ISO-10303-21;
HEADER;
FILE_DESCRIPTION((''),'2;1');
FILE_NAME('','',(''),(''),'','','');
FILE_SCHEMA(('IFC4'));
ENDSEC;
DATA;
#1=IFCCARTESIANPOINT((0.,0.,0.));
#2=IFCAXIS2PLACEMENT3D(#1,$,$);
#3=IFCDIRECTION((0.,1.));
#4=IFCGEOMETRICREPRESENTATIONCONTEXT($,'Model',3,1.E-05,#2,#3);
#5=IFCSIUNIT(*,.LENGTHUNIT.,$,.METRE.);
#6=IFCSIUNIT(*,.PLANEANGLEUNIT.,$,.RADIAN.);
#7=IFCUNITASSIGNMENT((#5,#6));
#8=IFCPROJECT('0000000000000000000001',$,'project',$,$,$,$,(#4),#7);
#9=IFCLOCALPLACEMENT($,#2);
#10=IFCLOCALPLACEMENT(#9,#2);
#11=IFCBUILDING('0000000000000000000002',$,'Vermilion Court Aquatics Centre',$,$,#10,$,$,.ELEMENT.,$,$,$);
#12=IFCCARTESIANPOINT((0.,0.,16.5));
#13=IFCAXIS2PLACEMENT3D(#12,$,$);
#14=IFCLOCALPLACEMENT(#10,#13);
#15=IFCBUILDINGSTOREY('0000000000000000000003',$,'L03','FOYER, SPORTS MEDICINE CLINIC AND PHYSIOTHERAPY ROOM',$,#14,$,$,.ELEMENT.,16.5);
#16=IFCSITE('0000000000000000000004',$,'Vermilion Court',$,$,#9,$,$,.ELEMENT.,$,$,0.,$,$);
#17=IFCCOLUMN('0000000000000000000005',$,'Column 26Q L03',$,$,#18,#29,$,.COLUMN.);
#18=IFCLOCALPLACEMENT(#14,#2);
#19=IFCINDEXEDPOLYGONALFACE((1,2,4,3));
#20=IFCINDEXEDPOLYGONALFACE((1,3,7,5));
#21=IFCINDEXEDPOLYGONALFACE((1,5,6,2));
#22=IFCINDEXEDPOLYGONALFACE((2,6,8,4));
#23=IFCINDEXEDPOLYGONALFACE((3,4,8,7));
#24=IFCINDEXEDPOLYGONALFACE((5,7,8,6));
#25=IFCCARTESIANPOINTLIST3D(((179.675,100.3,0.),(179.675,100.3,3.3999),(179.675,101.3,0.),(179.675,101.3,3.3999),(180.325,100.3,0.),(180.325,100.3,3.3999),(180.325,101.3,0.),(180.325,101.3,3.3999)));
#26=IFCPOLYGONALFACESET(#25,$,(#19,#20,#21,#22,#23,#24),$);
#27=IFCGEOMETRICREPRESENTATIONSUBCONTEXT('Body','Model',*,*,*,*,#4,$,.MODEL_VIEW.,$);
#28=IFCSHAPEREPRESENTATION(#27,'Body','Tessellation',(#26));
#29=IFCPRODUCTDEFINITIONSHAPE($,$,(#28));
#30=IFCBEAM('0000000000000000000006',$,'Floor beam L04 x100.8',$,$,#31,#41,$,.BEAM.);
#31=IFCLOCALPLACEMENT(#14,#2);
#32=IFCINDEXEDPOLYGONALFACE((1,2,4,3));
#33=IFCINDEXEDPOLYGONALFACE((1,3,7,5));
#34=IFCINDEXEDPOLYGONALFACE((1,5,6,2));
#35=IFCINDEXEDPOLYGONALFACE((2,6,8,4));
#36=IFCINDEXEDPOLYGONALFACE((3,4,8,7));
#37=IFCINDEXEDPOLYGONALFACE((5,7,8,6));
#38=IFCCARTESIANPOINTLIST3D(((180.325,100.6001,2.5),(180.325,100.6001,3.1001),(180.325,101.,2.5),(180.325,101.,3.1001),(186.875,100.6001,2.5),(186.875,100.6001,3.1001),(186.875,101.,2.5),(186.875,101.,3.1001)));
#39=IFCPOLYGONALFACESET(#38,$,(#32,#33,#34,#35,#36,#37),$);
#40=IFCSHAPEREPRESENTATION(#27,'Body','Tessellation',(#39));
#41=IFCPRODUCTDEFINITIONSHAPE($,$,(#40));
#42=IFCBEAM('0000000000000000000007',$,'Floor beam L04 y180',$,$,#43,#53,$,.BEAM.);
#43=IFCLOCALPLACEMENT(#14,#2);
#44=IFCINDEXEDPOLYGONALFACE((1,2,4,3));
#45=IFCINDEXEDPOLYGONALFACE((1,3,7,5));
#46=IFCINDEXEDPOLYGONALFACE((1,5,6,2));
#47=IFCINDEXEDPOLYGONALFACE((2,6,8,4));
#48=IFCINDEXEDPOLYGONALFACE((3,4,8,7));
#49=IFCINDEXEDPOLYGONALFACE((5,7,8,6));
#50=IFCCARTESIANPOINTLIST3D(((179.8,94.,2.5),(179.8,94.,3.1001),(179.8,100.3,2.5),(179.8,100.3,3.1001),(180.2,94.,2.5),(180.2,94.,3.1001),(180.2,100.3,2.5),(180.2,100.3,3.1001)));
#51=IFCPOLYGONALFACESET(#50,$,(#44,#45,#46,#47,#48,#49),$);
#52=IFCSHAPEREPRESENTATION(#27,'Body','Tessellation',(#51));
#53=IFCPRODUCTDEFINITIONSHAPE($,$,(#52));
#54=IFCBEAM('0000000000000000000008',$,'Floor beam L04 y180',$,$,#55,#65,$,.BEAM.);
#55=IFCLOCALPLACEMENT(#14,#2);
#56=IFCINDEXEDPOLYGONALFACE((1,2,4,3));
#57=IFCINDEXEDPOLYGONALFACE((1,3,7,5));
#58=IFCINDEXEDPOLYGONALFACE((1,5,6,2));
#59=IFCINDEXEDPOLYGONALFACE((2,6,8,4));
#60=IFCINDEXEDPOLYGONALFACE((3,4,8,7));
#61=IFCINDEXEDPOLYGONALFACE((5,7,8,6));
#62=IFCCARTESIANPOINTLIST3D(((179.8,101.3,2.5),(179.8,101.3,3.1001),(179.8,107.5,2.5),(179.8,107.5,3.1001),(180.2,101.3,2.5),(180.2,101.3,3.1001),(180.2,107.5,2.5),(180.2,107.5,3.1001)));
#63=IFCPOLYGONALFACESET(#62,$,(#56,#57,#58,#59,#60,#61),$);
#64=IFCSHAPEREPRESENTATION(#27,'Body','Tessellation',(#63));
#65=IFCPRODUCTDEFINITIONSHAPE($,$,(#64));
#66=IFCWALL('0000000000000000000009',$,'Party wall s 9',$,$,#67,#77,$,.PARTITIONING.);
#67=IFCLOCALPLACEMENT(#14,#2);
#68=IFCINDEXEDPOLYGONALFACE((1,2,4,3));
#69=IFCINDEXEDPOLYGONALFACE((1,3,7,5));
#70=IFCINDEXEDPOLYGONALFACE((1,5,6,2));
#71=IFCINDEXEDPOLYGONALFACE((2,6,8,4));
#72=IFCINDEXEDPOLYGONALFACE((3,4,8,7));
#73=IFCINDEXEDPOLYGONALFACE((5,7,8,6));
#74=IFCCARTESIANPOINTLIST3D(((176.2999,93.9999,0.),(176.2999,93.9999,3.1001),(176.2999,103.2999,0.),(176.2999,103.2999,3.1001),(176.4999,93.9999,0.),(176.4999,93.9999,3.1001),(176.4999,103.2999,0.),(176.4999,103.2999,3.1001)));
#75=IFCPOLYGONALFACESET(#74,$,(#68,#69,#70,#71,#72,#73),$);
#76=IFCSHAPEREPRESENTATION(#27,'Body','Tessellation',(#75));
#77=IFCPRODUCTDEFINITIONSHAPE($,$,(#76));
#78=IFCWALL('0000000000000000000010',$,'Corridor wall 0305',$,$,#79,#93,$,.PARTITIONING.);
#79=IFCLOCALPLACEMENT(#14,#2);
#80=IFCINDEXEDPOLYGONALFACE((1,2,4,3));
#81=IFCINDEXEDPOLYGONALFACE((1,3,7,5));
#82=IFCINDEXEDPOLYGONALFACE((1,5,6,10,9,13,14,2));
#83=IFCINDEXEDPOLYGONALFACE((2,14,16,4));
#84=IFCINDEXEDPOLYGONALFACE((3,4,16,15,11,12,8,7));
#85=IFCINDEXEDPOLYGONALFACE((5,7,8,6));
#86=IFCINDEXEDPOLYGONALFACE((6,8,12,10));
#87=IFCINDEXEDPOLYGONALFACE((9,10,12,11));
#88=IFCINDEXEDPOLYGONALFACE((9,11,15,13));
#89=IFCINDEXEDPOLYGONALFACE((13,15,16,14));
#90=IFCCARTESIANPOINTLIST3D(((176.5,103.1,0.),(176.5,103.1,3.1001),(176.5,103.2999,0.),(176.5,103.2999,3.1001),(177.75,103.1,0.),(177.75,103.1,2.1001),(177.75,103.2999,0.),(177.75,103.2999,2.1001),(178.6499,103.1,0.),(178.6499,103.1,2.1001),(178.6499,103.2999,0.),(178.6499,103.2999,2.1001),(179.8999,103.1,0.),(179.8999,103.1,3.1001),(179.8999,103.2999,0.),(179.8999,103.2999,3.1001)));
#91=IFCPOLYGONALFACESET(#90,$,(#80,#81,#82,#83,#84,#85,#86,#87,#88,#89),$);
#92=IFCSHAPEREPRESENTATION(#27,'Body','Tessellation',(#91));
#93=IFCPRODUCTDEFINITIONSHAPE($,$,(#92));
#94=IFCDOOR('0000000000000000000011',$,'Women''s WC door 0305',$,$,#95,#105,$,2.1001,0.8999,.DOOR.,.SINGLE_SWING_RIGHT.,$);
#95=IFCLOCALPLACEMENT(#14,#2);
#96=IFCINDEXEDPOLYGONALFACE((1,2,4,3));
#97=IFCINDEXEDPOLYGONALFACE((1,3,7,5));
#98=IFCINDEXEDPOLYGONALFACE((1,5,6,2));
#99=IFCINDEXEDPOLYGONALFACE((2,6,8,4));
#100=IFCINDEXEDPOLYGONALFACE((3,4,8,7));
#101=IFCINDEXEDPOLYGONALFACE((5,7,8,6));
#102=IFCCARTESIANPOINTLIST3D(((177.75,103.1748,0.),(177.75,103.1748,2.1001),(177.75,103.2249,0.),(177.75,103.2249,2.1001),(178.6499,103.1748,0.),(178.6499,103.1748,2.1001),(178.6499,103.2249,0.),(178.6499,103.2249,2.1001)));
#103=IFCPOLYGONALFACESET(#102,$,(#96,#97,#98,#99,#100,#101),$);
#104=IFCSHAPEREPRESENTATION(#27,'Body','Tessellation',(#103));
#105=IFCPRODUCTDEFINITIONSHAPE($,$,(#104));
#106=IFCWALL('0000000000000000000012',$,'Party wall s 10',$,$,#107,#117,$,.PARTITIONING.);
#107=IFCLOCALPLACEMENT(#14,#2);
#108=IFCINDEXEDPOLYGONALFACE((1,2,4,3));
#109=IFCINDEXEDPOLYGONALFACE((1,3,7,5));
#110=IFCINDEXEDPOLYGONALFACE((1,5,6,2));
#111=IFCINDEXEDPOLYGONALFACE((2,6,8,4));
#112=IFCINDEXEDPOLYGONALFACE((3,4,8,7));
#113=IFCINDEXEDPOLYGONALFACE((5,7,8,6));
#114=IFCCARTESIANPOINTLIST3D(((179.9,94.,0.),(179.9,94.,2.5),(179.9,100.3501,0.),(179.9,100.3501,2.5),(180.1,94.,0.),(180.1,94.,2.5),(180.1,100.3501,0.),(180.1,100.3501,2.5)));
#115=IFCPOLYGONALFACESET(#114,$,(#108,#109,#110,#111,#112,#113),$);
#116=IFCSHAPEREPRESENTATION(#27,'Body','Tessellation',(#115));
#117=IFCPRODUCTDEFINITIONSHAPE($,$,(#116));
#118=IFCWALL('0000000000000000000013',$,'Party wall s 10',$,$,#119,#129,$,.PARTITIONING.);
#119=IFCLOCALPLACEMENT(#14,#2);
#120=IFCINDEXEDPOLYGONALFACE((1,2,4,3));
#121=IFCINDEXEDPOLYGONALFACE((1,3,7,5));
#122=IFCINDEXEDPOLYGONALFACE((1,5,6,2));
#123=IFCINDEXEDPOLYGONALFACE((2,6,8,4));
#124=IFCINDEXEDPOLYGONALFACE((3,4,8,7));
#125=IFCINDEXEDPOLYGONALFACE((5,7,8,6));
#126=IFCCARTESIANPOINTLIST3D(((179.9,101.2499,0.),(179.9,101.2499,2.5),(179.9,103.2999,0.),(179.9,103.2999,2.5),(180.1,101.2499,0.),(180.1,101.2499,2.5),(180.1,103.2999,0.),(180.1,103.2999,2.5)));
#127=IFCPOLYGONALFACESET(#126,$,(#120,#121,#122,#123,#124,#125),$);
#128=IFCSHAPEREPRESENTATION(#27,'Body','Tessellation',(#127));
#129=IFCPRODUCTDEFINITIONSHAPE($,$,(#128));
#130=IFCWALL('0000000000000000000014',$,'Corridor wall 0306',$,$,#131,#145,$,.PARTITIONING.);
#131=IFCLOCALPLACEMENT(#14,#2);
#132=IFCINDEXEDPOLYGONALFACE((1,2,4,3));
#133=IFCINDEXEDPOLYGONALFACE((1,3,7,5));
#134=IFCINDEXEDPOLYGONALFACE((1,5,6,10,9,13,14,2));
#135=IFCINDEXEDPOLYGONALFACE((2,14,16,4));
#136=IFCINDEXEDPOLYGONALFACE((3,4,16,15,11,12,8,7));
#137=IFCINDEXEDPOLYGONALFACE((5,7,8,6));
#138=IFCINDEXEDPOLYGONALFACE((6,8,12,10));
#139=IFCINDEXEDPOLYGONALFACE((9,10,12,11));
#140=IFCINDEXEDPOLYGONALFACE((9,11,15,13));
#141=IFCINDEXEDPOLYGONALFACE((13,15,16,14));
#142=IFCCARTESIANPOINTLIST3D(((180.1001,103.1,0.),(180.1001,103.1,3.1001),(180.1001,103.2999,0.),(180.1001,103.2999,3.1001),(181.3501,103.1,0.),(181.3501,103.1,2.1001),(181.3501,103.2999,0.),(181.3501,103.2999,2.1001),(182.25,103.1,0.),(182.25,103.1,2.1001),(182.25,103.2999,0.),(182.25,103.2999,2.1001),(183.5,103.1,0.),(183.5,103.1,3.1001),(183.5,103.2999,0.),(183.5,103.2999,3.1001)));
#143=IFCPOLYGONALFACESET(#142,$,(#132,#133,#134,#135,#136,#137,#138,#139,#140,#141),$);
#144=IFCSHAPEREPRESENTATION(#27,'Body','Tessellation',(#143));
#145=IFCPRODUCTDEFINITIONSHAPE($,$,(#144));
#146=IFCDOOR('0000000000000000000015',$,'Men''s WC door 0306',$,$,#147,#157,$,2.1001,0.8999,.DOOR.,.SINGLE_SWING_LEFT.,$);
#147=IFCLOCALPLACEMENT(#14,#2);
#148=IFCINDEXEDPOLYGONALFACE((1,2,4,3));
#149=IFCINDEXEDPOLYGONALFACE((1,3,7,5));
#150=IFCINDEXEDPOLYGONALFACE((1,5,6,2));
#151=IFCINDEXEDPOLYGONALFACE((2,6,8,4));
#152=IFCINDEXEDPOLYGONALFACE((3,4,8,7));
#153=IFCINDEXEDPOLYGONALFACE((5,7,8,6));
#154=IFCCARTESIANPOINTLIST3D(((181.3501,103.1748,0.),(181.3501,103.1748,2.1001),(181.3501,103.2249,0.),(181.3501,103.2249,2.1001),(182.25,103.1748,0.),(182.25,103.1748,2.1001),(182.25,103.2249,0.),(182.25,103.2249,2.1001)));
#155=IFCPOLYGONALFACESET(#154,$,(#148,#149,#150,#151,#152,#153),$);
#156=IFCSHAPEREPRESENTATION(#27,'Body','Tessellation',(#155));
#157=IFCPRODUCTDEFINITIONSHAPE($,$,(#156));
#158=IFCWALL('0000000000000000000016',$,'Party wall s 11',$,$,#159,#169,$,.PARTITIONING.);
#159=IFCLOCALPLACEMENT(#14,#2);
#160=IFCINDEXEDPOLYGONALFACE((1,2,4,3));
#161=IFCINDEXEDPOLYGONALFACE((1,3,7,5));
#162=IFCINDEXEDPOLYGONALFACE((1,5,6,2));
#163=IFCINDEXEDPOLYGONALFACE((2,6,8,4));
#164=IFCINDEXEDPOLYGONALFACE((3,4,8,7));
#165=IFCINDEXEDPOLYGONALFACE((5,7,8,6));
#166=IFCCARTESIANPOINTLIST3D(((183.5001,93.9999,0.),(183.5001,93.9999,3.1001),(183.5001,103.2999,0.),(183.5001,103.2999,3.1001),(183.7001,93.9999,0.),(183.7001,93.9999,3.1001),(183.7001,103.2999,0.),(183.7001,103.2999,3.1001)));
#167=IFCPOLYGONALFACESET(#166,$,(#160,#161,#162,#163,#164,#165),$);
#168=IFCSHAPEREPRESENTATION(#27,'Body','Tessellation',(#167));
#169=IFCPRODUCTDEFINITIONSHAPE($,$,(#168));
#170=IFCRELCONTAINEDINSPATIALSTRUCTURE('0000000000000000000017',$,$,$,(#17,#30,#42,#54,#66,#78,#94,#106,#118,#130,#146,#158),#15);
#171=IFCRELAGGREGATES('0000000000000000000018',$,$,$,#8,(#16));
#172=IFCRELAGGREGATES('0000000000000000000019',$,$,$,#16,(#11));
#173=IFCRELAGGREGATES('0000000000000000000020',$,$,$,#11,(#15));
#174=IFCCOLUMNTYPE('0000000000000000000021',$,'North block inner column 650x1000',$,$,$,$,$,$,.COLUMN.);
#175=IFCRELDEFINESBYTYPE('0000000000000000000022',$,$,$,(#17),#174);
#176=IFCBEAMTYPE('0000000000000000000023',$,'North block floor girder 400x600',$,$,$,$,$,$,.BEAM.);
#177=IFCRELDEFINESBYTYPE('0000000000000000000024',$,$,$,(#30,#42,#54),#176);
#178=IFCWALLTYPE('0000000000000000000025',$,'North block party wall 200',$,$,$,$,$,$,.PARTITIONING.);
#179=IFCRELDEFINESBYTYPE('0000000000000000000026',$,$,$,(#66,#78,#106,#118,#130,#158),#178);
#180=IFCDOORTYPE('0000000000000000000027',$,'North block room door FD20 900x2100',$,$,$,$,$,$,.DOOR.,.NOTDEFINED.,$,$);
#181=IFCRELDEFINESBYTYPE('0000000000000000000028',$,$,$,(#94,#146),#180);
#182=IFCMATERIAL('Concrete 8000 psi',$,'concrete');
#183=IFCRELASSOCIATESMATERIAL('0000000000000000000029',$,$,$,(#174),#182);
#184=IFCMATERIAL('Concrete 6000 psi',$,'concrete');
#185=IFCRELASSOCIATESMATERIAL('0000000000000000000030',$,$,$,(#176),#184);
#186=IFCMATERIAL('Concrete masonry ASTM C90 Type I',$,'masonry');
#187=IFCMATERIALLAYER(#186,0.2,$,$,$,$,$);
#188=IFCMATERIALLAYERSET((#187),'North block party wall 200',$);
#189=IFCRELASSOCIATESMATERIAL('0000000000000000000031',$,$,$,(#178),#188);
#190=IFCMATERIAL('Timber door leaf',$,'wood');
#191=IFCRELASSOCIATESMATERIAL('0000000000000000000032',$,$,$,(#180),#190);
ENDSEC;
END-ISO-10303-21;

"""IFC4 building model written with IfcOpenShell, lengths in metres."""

from ifc_helpers import new_model, si_unit, direction, frame, frame_2d, origin, origin_2d, place, context, subcontext, project, spatial, rectangle, extrude, material, layer, layer_set, material_profile, profile_set, type_object, element, fill, save


model = new_model("IFC4")

# Units and contexts
model_context = context("Model", 3, precision=1e-05, world=origin(), true_north=direction((0.0, 1.0)))
body_context = subcontext(model_context, "Body", "Model", "MODEL_VIEW")
ifc_project = project(units=[si_unit("LENGTHUNIT", "METRE"), si_unit("PLANEANGLEUNIT", "RADIAN")], contexts=[model_context])

# Site, building, storey
site_placement = place(None, origin())
site = spatial("IfcSite", under=ifc_project, at=site_placement, Name="Vermilion Court", CompositionType="ELEMENT", RefElevation=0.0)
building_placement = place(site_placement, origin())
building = spatial("IfcBuilding", under=site, at=building_placement, Name="Vermilion Court Aquatics Centre", CompositionType="ELEMENT")
storey_placement = place(building_placement, frame((0.0, 0.0, 16.5)))
storey = spatial("IfcBuildingStorey", under=building, at=storey_placement, Name="L03", Description="FOYER, SPORTS MEDICINE CLINIC AND PHYSIOTHERAPY ROOM", CompositionType="ELEMENT", Elevation=16.5)

# Column
ifc_material_1 = material(Name="Concrete 8000 psi", Category="concrete")
ifc_material_profile_1 = material_profile(ifc_material_1, rectangle(XDim=0.6499, YDim=1.0, at=origin_2d()), Name="RC 650x1000")
ifc_profile_set_1 = profile_set([ifc_material_profile_1], Name="Concrete 8000 psi")
column_type = type_object("IfcColumnType", Name="North block inner column 650x1000", PredefinedType="COLUMN", material=ifc_profile_set_1)
column_placement = place(storey_placement, frame((180.0, 100.8, 0.0), z_axis=(0.0, 0.0, 1.0), x_axis=(1.0, 0.0, 0.0)))
element("IfcColumn", 1, at=column_placement, inside=storey, type_object=column_type, Name="Column 26Q L03", PredefinedType="COLUMN", context=body_context, shape_type="SweptSolid", body=[
    extrude(rectangle(XDim=0.6499, YDim=1.0, at=origin_2d()), origin(), (0.0, 0.0, 1.0), 3.3999),
])

# Beams
ifc_material_2 = material(Name="Concrete 6000 psi", Category="concrete")
ifc_material_profile_2 = material_profile(ifc_material_2, rectangle(XDim=0.3999, YDim=0.6001, at=origin_2d()), Name="RC 400x600")
ifc_profile_set_2 = profile_set([ifc_material_profile_2], Name="Concrete 6000 psi")
beam_type = type_object("IfcBeamType", Name="North block floor girder 400x600", PredefinedType="BEAM", material=ifc_profile_set_2)
beam_1_placement = place(storey_placement, frame((180.325, 100.8, 2.8), z_axis=(1.0, 0.0, 0.0), x_axis=(0.0, 1.0, 0.0)))
element("IfcBeam", 2, at=beam_1_placement, inside=storey, type_object=beam_type, Name="Floor beam L04 x100.8", PredefinedType="BEAM", context=body_context, shape_type="SweptSolid", body=[
    extrude(rectangle(XDim=0.3999, YDim=0.6001, at=origin_2d()), origin(), (0.0, 0.0, 1.0), 6.55),
])
beam_2_placement = place(storey_placement, frame((180.0, 94.0, 2.8), z_axis=(0.0, 1.0, 0.0), x_axis=(-1.0, 0.0, 0.0)))
element("IfcBeam", 3, at=beam_2_placement, inside=storey, type_object=beam_type, Name="Floor beam L04 y180", PredefinedType="BEAM", context=body_context, shape_type="SweptSolid", body=[
    extrude(rectangle(XDim=0.3999, YDim=0.6001, at=origin_2d()), origin(), (0.0, 0.0, 1.0), 6.3),
])
beam_3_placement = place(storey_placement, frame((180.0, 101.3, 2.8), z_axis=(0.0, 1.0, 0.0), x_axis=(-1.0, 0.0, 0.0)))
element("IfcBeam", 4, at=beam_3_placement, inside=storey, type_object=beam_type, Name="Floor beam L04 y180", PredefinedType="BEAM", context=body_context, shape_type="SweptSolid", body=[
    extrude(rectangle(XDim=0.3999, YDim=0.6001, at=origin_2d()), origin(), (0.0, 0.0, 1.0), 6.2),
])

# Wall
ifc_material_3 = material(Name="Concrete masonry ASTM C90 Type I", Category="masonry")
ifc_layer_1 = layer(ifc_material_3, 0.2)
ifc_layer_set_1 = layer_set([ifc_layer_1], Name="North block party wall 200")
wall_type_1 = type_object("IfcWallType", Name="North block party wall 200", PredefinedType="PARTITIONING", material=ifc_layer_set_1)
wall_1_placement = place(storey_placement, frame((176.3999, 94.0, 0.0), z_axis=(0.0, 0.0, 1.0), x_axis=(0.0, 1.0, 0.0)))
element("IfcWall", 5, at=wall_1_placement, inside=storey, type_object=wall_type_1, Name="Party wall s 9", PredefinedType="PARTITIONING", context=body_context, shape_type="SweptSolid", body=[
    extrude(rectangle(XDim=9.3, YDim=0.2, at=frame_2d((4.6499, 0.0))), origin(), (0.0, 0.0, 1.0), 3.1001),
])

# Wall, opening, door
wall_2_placement = place(storey_placement, frame((176.5, 103.2, 0.0), z_axis=(0.0, 0.0, 1.0), x_axis=(1.0, 0.0, 0.0)))
wall_2 = element("IfcWall", 6, at=wall_2_placement, inside=storey, type_object=wall_type_1, Name="Corridor wall 0305", PredefinedType="PARTITIONING", context=body_context, shape_type="SweptSolid", body=[
    extrude(rectangle(XDim=3.3999, YDim=0.2, at=frame_2d((1.7, 0.0))), origin(), (0.0, 0.0, 1.0), 3.1001),
])
opening_1_placement = place(wall_2_placement, frame((1.25, 0.0, 0.0)))
opening_1 = element("IfcOpeningElement", 7, at=opening_1_placement, cuts=wall_2, PredefinedType="OPENING", context=body_context, shape_type="SweptSolid", body=[
    extrude(rectangle(XDim=0.8999, YDim=2.1001, at=frame_2d((0.45, 1.05))), frame((0.0, 0.1099, 0.0), z_axis=(0.0, -1.0, 0.0), x_axis=(1.0, 0.0, 0.0)), (0.0, 0.0, 1.0), 0.22),
])
ifc_material_4 = material(Name="Timber door leaf", Category="wood")
door_type_1 = type_object("IfcDoorType", Name="North block room door FD20 900x2100", OperationType="NOTDEFINED", PredefinedType="DOOR", material=ifc_material_4)
door_1_placement = place(opening_1_placement, frame((0.8999, 0.0, 0.0), z_axis=(0.0, 0.0, 1.0), x_axis=(-1.0, 0.0, 0.0)))
door_1 = element("IfcDoor", 8, at=door_1_placement, inside=storey, type_object=door_type_1, Name="Women's WC door 0305", OperationType="SINGLE_SWING_RIGHT", OverallHeight=2.1001, OverallWidth=0.8999, PredefinedType="DOOR", context=body_context, shape_type="SweptSolid", body=[
    extrude(rectangle(XDim=0.8999, YDim=2.1001, at=frame_2d((0.45, 1.05))), frame((0.0, 0.0251, 0.0), z_axis=(0.0, -1.0, 0.0), x_axis=(1.0, 0.0, 0.0)), (0.0, 0.0, 1.0), 0.05),
])
fill(opening_1, door_1)

# Walls
wall_3_placement = place(storey_placement, frame((180.0, 94.0, 0.0), z_axis=(0.0, 0.0, 1.0), x_axis=(0.0, 1.0, 0.0)))
element("IfcWall", 9, at=wall_3_placement, inside=storey, type_object=wall_type_1, Name="Party wall s 10", PredefinedType="PARTITIONING", context=body_context, shape_type="SweptSolid", body=[
    extrude(rectangle(XDim=6.3501, YDim=0.2, at=frame_2d((3.175, 0.0))), origin(), (0.0, 0.0, 1.0), 2.5),
])
wall_4_placement = place(storey_placement, frame((180.0, 101.25, 0.0), z_axis=(0.0, 0.0, 1.0), x_axis=(0.0, 1.0, 0.0)))
element("IfcWall", 10, at=wall_4_placement, inside=storey, type_object=wall_type_1, Name="Party wall s 10", PredefinedType="PARTITIONING", context=body_context, shape_type="SweptSolid", body=[
    extrude(rectangle(XDim=2.05, YDim=0.2, at=frame_2d((1.0249, 0.0))), origin(), (0.0, 0.0, 1.0), 2.5),
])

# Wall, opening, door
wall_5_placement = place(storey_placement, frame((180.1001, 103.2, 0.0), z_axis=(0.0, 0.0, 1.0), x_axis=(1.0, 0.0, 0.0)))
wall_5 = element("IfcWall", 11, at=wall_5_placement, inside=storey, type_object=wall_type_1, Name="Corridor wall 0306", PredefinedType="PARTITIONING", context=body_context, shape_type="SweptSolid", body=[
    extrude(rectangle(XDim=3.3999, YDim=0.2, at=frame_2d((1.7, 0.0))), origin(), (0.0, 0.0, 1.0), 3.1001),
])
opening_2_placement = place(wall_5_placement, frame((1.25, 0.0, 0.0)))
opening_2 = element("IfcOpeningElement", 12, at=opening_2_placement, cuts=wall_5, PredefinedType="OPENING", context=body_context, shape_type="SweptSolid", body=[
    extrude(rectangle(XDim=0.8999, YDim=2.1001, at=frame_2d((0.45, 1.05))), frame((0.0, 0.1099, 0.0), z_axis=(0.0, -1.0, 0.0), x_axis=(1.0, 0.0, 0.0)), (0.0, 0.0, 1.0), 0.22),
])
door_2_placement = place(opening_2_placement, frame((0.8999, 0.0, 0.0), z_axis=(0.0, 0.0, 1.0), x_axis=(-1.0, 0.0, 0.0)))
door_2 = element("IfcDoor", 13, at=door_2_placement, inside=storey, type_object=door_type_1, Name="Men's WC door 0306", OperationType="SINGLE_SWING_LEFT", OverallHeight=2.1001, OverallWidth=0.8999, PredefinedType="DOOR", context=body_context, shape_type="SweptSolid", body=[
    extrude(rectangle(XDim=0.8999, YDim=2.1001, at=frame_2d((0.45, 1.05))), frame((0.0, 0.0251, 0.0), z_axis=(0.0, -1.0, 0.0), x_axis=(1.0, 0.0, 0.0)), (0.0, 0.0, 1.0), 0.05),
])
fill(opening_2, door_2)

# Wall
wall_6_placement = place(storey_placement, frame((183.6001, 94.0, 0.0), z_axis=(0.0, 0.0, 1.0), x_axis=(0.0, 1.0, 0.0)))
element("IfcWall", 14, at=wall_6_placement, inside=storey, type_object=wall_type_1, Name="Party wall s 11", PredefinedType="PARTITIONING", context=body_context, shape_type="SweptSolid", body=[
    extrude(rectangle(XDim=9.3, YDim=0.2, at=frame_2d((4.6499, 0.0))), origin(), (0.0, 0.0, 1.0), 3.1001),
])

save(model, "model.ifc")
